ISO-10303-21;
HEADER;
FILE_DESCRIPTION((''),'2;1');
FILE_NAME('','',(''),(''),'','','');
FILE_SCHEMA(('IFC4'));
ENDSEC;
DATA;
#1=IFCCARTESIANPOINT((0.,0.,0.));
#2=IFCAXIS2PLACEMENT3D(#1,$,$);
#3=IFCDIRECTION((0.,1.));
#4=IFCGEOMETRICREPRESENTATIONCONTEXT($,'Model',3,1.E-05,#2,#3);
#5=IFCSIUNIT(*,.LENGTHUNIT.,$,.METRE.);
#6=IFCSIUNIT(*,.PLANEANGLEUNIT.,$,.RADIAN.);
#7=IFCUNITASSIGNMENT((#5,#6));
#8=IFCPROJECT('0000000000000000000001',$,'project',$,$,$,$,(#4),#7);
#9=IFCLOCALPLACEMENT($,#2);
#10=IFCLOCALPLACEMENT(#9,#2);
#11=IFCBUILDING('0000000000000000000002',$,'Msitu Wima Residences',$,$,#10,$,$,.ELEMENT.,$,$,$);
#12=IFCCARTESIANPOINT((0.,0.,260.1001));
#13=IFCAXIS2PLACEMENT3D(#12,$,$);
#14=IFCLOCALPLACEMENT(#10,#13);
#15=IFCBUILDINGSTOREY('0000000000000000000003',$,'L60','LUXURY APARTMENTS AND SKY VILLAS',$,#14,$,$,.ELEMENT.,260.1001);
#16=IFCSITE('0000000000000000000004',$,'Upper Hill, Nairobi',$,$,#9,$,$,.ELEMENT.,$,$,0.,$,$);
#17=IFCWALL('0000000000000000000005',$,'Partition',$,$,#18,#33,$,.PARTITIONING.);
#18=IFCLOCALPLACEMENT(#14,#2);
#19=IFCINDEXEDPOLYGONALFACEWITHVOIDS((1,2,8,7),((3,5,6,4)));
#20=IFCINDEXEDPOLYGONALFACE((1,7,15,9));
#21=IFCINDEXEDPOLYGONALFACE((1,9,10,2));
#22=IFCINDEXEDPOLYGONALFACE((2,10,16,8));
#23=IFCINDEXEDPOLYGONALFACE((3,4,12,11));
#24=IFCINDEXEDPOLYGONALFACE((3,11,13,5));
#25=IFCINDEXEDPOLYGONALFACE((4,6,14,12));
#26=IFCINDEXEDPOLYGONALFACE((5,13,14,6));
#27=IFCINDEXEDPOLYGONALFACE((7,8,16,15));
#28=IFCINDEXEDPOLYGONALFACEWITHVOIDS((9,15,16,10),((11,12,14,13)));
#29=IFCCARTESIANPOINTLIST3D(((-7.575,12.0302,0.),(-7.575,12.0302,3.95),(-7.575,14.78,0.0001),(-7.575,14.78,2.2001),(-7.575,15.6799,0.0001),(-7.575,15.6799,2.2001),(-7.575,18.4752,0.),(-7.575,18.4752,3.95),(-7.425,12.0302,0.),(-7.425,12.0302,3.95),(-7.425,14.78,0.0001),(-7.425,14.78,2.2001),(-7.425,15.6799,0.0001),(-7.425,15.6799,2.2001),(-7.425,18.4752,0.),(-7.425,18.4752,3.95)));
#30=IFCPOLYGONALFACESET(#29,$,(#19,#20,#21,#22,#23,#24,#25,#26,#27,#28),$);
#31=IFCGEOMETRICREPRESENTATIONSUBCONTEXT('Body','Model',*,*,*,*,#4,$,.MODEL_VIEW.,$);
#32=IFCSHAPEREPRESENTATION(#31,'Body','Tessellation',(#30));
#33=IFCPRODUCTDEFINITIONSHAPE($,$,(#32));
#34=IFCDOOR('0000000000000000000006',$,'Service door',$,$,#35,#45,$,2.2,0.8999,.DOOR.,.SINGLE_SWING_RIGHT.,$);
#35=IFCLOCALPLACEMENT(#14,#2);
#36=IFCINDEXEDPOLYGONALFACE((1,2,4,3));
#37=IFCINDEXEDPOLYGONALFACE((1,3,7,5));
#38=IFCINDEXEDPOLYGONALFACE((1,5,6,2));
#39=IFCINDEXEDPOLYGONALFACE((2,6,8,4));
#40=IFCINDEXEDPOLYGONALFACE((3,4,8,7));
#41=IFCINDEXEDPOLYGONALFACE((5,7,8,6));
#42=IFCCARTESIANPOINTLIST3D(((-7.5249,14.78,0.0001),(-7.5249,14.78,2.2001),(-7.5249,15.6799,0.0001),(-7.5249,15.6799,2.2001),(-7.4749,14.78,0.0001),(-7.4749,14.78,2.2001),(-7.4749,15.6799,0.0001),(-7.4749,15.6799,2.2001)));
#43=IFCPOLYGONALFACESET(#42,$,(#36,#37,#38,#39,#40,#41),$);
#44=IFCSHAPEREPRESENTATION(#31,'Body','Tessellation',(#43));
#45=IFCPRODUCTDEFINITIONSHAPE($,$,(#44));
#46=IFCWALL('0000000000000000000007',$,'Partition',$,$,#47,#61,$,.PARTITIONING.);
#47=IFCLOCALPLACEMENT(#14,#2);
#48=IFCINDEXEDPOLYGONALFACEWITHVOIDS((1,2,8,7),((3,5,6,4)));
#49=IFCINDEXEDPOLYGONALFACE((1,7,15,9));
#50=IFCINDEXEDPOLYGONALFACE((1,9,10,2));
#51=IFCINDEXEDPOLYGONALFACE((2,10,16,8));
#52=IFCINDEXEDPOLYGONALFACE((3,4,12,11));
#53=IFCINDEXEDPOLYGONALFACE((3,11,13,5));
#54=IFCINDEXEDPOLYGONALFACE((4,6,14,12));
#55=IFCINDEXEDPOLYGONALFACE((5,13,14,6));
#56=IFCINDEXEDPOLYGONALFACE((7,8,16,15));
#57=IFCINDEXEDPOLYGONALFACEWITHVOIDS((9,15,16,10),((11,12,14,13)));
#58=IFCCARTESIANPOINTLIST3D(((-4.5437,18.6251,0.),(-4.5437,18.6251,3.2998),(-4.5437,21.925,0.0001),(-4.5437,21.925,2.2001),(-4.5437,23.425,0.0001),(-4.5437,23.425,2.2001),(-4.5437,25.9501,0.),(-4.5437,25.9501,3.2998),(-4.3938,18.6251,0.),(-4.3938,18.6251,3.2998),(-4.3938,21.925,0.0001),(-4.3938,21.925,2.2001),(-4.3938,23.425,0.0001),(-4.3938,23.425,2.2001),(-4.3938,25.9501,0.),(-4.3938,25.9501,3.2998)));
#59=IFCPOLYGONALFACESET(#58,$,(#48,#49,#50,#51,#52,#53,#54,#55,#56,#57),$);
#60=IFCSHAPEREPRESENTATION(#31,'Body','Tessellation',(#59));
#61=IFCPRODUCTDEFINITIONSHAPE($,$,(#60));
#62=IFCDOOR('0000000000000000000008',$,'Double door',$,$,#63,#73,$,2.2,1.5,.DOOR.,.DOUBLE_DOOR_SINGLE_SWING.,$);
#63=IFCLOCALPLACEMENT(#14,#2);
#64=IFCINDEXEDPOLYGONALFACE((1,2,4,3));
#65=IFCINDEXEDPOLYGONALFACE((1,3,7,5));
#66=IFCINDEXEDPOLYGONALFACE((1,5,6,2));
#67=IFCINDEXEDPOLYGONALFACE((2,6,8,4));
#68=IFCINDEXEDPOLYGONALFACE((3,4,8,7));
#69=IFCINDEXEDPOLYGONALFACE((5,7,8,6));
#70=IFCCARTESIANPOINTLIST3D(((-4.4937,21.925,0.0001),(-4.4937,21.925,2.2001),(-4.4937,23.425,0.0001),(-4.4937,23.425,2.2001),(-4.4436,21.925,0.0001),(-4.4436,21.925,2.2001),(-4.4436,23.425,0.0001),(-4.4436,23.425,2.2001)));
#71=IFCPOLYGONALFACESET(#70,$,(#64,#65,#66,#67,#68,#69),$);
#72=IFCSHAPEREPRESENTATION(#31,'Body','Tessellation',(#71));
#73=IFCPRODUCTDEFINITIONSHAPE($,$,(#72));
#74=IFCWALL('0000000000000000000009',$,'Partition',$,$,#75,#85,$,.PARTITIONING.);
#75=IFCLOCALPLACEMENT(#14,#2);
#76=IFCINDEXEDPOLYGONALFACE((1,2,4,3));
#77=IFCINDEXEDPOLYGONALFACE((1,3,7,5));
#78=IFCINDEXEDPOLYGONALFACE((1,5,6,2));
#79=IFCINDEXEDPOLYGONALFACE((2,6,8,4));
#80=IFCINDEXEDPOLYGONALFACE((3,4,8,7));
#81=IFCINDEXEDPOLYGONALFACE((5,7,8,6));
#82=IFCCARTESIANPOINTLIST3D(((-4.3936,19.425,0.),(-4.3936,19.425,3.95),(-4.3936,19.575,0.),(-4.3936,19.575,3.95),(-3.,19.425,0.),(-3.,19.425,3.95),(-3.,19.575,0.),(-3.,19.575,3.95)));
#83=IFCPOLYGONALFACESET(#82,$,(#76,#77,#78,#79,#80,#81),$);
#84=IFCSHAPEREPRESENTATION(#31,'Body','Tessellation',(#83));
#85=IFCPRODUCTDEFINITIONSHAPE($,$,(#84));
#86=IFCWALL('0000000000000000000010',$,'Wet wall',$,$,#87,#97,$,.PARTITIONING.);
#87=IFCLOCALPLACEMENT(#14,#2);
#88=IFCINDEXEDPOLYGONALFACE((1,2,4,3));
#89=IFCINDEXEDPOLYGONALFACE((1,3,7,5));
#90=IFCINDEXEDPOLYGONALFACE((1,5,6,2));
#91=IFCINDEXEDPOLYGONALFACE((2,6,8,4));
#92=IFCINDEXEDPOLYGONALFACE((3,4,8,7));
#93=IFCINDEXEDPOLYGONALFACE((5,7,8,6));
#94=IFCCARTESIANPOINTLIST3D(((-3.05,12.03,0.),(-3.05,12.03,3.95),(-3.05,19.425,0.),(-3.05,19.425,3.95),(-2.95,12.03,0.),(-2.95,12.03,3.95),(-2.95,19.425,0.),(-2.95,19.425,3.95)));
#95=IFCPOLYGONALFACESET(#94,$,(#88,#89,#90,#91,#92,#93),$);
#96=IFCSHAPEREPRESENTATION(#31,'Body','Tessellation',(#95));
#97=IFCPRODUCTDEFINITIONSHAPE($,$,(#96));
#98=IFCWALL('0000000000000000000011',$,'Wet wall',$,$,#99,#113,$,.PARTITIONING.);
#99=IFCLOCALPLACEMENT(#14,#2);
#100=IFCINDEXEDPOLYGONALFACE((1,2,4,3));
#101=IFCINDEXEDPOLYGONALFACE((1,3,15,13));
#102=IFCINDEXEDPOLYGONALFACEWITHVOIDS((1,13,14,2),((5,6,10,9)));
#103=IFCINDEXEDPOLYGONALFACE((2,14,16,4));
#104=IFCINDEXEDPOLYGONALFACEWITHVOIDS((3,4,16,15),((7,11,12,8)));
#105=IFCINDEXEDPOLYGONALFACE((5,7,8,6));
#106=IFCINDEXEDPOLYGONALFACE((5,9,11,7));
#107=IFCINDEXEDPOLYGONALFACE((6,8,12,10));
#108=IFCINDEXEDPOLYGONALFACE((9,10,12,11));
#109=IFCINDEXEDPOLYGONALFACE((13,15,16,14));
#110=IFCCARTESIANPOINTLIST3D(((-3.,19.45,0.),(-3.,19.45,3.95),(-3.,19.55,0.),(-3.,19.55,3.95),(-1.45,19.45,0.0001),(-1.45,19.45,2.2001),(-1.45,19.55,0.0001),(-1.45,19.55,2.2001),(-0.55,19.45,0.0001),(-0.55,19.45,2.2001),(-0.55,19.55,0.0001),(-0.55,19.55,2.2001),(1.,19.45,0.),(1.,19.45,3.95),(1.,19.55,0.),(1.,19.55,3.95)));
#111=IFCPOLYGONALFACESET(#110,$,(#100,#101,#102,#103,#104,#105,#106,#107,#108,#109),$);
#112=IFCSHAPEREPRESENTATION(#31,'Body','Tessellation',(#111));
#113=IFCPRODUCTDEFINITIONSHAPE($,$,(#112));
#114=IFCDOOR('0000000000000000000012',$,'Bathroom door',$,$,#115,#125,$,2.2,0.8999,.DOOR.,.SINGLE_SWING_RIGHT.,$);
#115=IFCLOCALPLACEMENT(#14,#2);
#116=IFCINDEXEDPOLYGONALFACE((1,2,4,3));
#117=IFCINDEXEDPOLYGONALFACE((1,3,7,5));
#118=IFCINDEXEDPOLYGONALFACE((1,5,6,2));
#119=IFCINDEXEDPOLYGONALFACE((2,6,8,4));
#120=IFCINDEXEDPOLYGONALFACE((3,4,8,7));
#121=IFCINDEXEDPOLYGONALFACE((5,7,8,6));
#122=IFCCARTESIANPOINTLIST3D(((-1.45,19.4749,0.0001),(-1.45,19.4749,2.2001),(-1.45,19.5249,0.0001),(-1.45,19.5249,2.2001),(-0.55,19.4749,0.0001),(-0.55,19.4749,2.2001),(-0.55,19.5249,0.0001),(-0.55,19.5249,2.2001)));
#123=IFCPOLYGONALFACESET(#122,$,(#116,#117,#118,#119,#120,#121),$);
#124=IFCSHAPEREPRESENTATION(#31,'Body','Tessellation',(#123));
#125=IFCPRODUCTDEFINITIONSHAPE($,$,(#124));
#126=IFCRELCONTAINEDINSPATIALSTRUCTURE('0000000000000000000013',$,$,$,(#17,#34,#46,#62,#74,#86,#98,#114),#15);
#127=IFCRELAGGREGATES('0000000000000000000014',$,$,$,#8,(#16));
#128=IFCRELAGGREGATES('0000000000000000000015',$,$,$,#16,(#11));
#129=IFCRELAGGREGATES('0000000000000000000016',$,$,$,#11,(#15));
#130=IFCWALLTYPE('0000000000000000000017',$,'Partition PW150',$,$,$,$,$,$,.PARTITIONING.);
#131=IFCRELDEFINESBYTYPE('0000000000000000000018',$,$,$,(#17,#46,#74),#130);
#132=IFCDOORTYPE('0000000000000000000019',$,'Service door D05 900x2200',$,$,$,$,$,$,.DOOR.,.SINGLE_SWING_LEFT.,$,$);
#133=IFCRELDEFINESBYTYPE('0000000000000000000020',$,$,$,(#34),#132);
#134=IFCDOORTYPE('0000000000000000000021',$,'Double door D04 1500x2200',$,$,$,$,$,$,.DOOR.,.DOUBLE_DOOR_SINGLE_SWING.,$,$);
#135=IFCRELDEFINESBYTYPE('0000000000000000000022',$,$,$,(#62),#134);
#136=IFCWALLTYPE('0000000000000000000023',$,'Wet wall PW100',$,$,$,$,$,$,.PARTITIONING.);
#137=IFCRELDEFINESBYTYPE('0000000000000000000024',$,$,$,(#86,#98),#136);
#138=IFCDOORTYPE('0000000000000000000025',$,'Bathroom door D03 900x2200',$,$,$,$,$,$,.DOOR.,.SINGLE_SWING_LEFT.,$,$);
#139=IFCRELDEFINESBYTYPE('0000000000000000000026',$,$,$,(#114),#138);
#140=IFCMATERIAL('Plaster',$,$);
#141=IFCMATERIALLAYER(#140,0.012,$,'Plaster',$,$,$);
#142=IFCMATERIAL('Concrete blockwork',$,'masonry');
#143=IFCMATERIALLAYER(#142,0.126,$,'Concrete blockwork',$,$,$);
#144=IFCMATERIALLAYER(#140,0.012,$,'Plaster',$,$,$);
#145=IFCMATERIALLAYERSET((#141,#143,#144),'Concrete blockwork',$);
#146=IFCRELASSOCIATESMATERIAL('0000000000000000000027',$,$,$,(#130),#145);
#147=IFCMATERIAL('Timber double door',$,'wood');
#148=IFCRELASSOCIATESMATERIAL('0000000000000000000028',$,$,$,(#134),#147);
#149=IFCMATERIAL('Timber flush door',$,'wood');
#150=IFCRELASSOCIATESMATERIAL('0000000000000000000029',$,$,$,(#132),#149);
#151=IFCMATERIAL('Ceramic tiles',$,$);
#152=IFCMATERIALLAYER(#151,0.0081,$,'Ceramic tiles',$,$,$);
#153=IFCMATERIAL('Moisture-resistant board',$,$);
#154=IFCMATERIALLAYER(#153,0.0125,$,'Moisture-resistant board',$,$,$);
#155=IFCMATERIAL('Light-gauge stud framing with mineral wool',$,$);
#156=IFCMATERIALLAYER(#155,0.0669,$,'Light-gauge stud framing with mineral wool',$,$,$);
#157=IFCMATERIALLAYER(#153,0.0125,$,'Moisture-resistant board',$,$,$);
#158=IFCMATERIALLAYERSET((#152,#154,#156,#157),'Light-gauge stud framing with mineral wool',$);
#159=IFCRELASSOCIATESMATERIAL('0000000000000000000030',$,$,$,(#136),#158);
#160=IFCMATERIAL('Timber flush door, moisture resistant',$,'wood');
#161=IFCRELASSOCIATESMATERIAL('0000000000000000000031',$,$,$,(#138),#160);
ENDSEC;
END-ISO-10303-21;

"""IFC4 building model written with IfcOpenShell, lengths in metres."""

from ifc_helpers import new_model, si_unit, direction, frame, frame_2d, origin, place, context, subcontext, project, spatial, rectangle, extrude, material, layer, layer_set, type_object, element, fill, save


model = new_model("IFC4")

# Units and contexts
model_context = context("Model", 3, precision=1e-05, world=origin(), true_north=direction((0.0, 1.0)))
body_context = subcontext(model_context, "Body", "Model", "MODEL_VIEW")
ifc_project = project(units=[si_unit("LENGTHUNIT", "METRE"), si_unit("PLANEANGLEUNIT", "RADIAN")], contexts=[model_context])

# Site, building, storey
site_placement = place(None, origin())
site = spatial("IfcSite", under=ifc_project, at=site_placement, Name="Upper Hill, Nairobi", CompositionType="ELEMENT", RefElevation=0.0)
building_placement = place(site_placement, origin())
building = spatial("IfcBuilding", under=site, at=building_placement, Name="Msitu Wima Residences", CompositionType="ELEMENT")
storey_placement = place(building_placement, frame((0.0, 0.0, 260.1001)))
storey = spatial("IfcBuildingStorey", under=building, at=storey_placement, Name="L60", Description="LUXURY APARTMENTS AND SKY VILLAS", CompositionType="ELEMENT", Elevation=260.1001)

# Shared definitions
ifc_material_1 = material(Name="Plaster")
ifc_material_2 = material(Name="Concrete blockwork", Category="masonry")

# Walls, openings, doors
ifc_layer_1 = layer(ifc_material_1, 0.012, Name="Plaster")
ifc_layer_2 = layer(ifc_material_2, 0.126, Name="Concrete blockwork")
ifc_layer_3 = layer(ifc_material_1, 0.012, Name="Plaster")
ifc_layer_set_1 = layer_set([ifc_layer_1, ifc_layer_2, ifc_layer_3], Name="Concrete blockwork")
wall_type_1 = type_object("IfcWallType", Name="Partition PW150", PredefinedType="PARTITIONING", material=ifc_layer_set_1)
ifc_material_3 = material(Name="Timber flush door", Category="wood")
ifc_material_4 = material(Name="Timber double door", Category="wood")
door_type_1 = type_object("IfcDoorType", Name="Double door D04 1500x2200", OperationType="DOUBLE_DOOR_SINGLE_SWING", PredefinedType="DOOR", material=ifc_material_4)
wall_1_placement = place(storey_placement, frame((-7.5, 12.03, 0.0), z_axis=(0.0, 0.0, 1.0), x_axis=(0.0, 1.0, 0.0)))
wall_1 = element("IfcWall", 1, at=wall_1_placement, inside=storey, type_object=wall_type_1, Name="Partition", PredefinedType="PARTITIONING", context=body_context, shape_type="SweptSolid", body=[
    extrude(rectangle(XDim=6.4451, YDim=0.1499, at=frame_2d((3.2227, 0.0))), origin(), (0.0, 0.0, 1.0), 3.95),
])
opening_1_placement = place(wall_1_placement, frame((2.75, 0.0, 0.0)))
opening_1 = element("IfcOpeningElement", 2, at=opening_1_placement, cuts=wall_1, PredefinedType="OPENING", context=body_context, shape_type="SweptSolid", body=[
    extrude(rectangle(XDim=0.8999, YDim=2.2, at=frame_2d((0.45, 1.1001))), frame((0.0, 0.085, 0.0), z_axis=(0.0, -1.0, 0.0), x_axis=(1.0, 0.0, 0.0)), (0.0, 0.0, 1.0), 0.1699),
])
door_type_2 = type_object("IfcDoorType", Name="Service door D05 900x2200", OperationType="SINGLE_SWING_LEFT", PredefinedType="DOOR", material=ifc_material_3)
door_1_placement = place(opening_1_placement, origin())
door_1 = element("IfcDoor", 3, at=door_1_placement, inside=storey, type_object=door_type_2, Name="Service door", OperationType="SINGLE_SWING_RIGHT", OverallHeight=2.2, OverallWidth=0.8999, PredefinedType="DOOR", context=body_context, shape_type="SweptSolid", body=[
    extrude(rectangle(XDim=0.8999, YDim=2.2, at=frame_2d((0.45, 1.1001))), frame((0.0, 0.0249, 0.0), z_axis=(0.0, -1.0, 0.0), x_axis=(1.0, 0.0, 0.0)), (0.0, 0.0, 1.0), 0.05),
])
fill(opening_1, door_1)
wall_2_placement = place(storey_placement, frame((-4.4688, 18.625, 0.0), z_axis=(0.0, 0.0, 1.0), x_axis=(0.0, 1.0, 0.0)))
wall_2 = element("IfcWall", 4, at=wall_2_placement, inside=storey, type_object=wall_type_1, Name="Partition", PredefinedType="PARTITIONING", context=body_context, shape_type="SweptSolid", body=[
    extrude(rectangle(XDim=7.325, YDim=0.1499, at=frame_2d((3.6626, 0.0))), origin(), (0.0, 0.0, 1.0), 3.2998),
])
opening_2_placement = place(wall_2_placement, frame((3.3, 0.0, 0.0)))
opening_2 = element("IfcOpeningElement", 5, at=opening_2_placement, cuts=wall_2, PredefinedType="OPENING", context=body_context, shape_type="SweptSolid", body=[
    extrude(rectangle(XDim=1.5, YDim=2.2, at=frame_2d((0.75, 1.1001))), frame((0.0, 0.085, 0.0), z_axis=(0.0, -1.0, 0.0), x_axis=(1.0, 0.0, 0.0)), (0.0, 0.0, 1.0), 0.1699),
])
door_2_placement = place(opening_2_placement, origin())
door_2 = element("IfcDoor", 6, at=door_2_placement, inside=storey, type_object=door_type_1, Name="Double door", OperationType="DOUBLE_DOOR_SINGLE_SWING", OverallHeight=2.2, OverallWidth=1.5, PredefinedType="DOOR", context=body_context, shape_type="SweptSolid", body=[
    extrude(rectangle(XDim=1.5, YDim=2.2, at=frame_2d((0.75, 1.1001))), frame((0.0, 0.0249, 0.0), z_axis=(0.0, -1.0, 0.0), x_axis=(1.0, 0.0, 0.0)), (0.0, 0.0, 1.0), 0.05),
])
fill(opening_2, door_2)

# Walls
wall_3_placement = place(storey_placement, frame((-4.3936, 19.5, 0.0), z_axis=(0.0, 0.0, 1.0), x_axis=(1.0, 0.0, 0.0)))
element("IfcWall", 7, at=wall_3_placement, inside=storey, type_object=wall_type_1, Name="Partition", PredefinedType="PARTITIONING", context=body_context, shape_type="SweptSolid", body=[
    extrude(rectangle(XDim=1.3936, YDim=0.1499, at=frame_2d((0.6968, 0.0))), origin(), (0.0, 0.0, 1.0), 3.95),
])
ifc_material_5 = material(Name="Ceramic tiles")
ifc_layer_4 = layer(ifc_material_5, 0.0081, Name="Ceramic tiles")
ifc_material_6 = material(Name="Moisture-resistant board")
ifc_layer_5 = layer(ifc_material_6, 0.0125, Name="Moisture-resistant board")
ifc_material_7 = material(Name="Light-gauge stud framing with mineral wool")
ifc_layer_6 = layer(ifc_material_7, 0.0669, Name="Light-gauge stud framing with mineral wool")
ifc_layer_7 = layer(ifc_material_6, 0.0125, Name="Moisture-resistant board")
ifc_layer_set_2 = layer_set([ifc_layer_4, ifc_layer_5, ifc_layer_6, ifc_layer_7], Name="Light-gauge stud framing with mineral wool")
wall_type_2 = type_object("IfcWallType", Name="Wet wall PW100", PredefinedType="PARTITIONING", material=ifc_layer_set_2)
wall_4_placement = place(storey_placement, frame((-3.0, 12.03, 0.0), z_axis=(0.0, 0.0, 1.0), x_axis=(0.0, 1.0, 0.0)))
element("IfcWall", 8, at=wall_4_placement, inside=storey, type_object=wall_type_2, Name="Wet wall", PredefinedType="PARTITIONING", context=body_context, shape_type="SweptSolid", body=[
    extrude(rectangle(XDim=7.395, YDim=0.1001, at=frame_2d((3.6975, 0.0))), origin(), (0.0, 0.0, 1.0), 3.95),
])

# Wall, opening, door
wall_5_placement = place(storey_placement, frame((-3.0, 19.5, 0.0), z_axis=(0.0, 0.0, 1.0), x_axis=(1.0, 0.0, 0.0)))
wall_5 = element("IfcWall", 9, at=wall_5_placement, inside=storey, type_object=wall_type_2, Name="Wet wall", PredefinedType="PARTITIONING", context=body_context, shape_type="SweptSolid", body=[
    extrude(rectangle(XDim=4.0, YDim=0.1001, at=frame_2d((2.0, 0.0))), origin(), (0.0, 0.0, 1.0), 3.95),
])
opening_3_placement = place(wall_5_placement, frame((1.55, 0.0, 0.0)))
opening_3 = element("IfcOpeningElement", 10, at=opening_3_placement, cuts=wall_5, PredefinedType="OPENING", context=body_context, shape_type="SweptSolid", body=[
    extrude(rectangle(XDim=0.8999, YDim=2.2, at=frame_2d((0.45, 1.1001))), frame((0.0, 0.0601, 0.0), z_axis=(0.0, -1.0, 0.0), x_axis=(1.0, 0.0, 0.0)), (0.0, 0.0, 1.0), 0.1201),
])
ifc_material_8 = material(Name="Timber flush door, moisture resistant", Category="wood")
door_type_3 = type_object("IfcDoorType", Name="Bathroom door D03 900x2200", OperationType="SINGLE_SWING_LEFT", PredefinedType="DOOR", material=ifc_material_8)
door_3_placement = place(opening_3_placement, origin())
door_3 = element("IfcDoor", 11, at=door_3_placement, inside=storey, type_object=door_type_3, Name="Bathroom door", OperationType="SINGLE_SWING_RIGHT", OverallHeight=2.2, OverallWidth=0.8999, PredefinedType="DOOR", context=body_context, shape_type="SweptSolid", body=[
    extrude(rectangle(XDim=0.8999, YDim=2.2, at=frame_2d((0.45, 1.1001))), frame((0.0, 0.0249, 0.0), z_axis=(0.0, -1.0, 0.0), x_axis=(1.0, 0.0, 0.0)), (0.0, 0.0, 1.0), 0.05),
])
fill(opening_3, door_3)

save(model, "model.ifc")
